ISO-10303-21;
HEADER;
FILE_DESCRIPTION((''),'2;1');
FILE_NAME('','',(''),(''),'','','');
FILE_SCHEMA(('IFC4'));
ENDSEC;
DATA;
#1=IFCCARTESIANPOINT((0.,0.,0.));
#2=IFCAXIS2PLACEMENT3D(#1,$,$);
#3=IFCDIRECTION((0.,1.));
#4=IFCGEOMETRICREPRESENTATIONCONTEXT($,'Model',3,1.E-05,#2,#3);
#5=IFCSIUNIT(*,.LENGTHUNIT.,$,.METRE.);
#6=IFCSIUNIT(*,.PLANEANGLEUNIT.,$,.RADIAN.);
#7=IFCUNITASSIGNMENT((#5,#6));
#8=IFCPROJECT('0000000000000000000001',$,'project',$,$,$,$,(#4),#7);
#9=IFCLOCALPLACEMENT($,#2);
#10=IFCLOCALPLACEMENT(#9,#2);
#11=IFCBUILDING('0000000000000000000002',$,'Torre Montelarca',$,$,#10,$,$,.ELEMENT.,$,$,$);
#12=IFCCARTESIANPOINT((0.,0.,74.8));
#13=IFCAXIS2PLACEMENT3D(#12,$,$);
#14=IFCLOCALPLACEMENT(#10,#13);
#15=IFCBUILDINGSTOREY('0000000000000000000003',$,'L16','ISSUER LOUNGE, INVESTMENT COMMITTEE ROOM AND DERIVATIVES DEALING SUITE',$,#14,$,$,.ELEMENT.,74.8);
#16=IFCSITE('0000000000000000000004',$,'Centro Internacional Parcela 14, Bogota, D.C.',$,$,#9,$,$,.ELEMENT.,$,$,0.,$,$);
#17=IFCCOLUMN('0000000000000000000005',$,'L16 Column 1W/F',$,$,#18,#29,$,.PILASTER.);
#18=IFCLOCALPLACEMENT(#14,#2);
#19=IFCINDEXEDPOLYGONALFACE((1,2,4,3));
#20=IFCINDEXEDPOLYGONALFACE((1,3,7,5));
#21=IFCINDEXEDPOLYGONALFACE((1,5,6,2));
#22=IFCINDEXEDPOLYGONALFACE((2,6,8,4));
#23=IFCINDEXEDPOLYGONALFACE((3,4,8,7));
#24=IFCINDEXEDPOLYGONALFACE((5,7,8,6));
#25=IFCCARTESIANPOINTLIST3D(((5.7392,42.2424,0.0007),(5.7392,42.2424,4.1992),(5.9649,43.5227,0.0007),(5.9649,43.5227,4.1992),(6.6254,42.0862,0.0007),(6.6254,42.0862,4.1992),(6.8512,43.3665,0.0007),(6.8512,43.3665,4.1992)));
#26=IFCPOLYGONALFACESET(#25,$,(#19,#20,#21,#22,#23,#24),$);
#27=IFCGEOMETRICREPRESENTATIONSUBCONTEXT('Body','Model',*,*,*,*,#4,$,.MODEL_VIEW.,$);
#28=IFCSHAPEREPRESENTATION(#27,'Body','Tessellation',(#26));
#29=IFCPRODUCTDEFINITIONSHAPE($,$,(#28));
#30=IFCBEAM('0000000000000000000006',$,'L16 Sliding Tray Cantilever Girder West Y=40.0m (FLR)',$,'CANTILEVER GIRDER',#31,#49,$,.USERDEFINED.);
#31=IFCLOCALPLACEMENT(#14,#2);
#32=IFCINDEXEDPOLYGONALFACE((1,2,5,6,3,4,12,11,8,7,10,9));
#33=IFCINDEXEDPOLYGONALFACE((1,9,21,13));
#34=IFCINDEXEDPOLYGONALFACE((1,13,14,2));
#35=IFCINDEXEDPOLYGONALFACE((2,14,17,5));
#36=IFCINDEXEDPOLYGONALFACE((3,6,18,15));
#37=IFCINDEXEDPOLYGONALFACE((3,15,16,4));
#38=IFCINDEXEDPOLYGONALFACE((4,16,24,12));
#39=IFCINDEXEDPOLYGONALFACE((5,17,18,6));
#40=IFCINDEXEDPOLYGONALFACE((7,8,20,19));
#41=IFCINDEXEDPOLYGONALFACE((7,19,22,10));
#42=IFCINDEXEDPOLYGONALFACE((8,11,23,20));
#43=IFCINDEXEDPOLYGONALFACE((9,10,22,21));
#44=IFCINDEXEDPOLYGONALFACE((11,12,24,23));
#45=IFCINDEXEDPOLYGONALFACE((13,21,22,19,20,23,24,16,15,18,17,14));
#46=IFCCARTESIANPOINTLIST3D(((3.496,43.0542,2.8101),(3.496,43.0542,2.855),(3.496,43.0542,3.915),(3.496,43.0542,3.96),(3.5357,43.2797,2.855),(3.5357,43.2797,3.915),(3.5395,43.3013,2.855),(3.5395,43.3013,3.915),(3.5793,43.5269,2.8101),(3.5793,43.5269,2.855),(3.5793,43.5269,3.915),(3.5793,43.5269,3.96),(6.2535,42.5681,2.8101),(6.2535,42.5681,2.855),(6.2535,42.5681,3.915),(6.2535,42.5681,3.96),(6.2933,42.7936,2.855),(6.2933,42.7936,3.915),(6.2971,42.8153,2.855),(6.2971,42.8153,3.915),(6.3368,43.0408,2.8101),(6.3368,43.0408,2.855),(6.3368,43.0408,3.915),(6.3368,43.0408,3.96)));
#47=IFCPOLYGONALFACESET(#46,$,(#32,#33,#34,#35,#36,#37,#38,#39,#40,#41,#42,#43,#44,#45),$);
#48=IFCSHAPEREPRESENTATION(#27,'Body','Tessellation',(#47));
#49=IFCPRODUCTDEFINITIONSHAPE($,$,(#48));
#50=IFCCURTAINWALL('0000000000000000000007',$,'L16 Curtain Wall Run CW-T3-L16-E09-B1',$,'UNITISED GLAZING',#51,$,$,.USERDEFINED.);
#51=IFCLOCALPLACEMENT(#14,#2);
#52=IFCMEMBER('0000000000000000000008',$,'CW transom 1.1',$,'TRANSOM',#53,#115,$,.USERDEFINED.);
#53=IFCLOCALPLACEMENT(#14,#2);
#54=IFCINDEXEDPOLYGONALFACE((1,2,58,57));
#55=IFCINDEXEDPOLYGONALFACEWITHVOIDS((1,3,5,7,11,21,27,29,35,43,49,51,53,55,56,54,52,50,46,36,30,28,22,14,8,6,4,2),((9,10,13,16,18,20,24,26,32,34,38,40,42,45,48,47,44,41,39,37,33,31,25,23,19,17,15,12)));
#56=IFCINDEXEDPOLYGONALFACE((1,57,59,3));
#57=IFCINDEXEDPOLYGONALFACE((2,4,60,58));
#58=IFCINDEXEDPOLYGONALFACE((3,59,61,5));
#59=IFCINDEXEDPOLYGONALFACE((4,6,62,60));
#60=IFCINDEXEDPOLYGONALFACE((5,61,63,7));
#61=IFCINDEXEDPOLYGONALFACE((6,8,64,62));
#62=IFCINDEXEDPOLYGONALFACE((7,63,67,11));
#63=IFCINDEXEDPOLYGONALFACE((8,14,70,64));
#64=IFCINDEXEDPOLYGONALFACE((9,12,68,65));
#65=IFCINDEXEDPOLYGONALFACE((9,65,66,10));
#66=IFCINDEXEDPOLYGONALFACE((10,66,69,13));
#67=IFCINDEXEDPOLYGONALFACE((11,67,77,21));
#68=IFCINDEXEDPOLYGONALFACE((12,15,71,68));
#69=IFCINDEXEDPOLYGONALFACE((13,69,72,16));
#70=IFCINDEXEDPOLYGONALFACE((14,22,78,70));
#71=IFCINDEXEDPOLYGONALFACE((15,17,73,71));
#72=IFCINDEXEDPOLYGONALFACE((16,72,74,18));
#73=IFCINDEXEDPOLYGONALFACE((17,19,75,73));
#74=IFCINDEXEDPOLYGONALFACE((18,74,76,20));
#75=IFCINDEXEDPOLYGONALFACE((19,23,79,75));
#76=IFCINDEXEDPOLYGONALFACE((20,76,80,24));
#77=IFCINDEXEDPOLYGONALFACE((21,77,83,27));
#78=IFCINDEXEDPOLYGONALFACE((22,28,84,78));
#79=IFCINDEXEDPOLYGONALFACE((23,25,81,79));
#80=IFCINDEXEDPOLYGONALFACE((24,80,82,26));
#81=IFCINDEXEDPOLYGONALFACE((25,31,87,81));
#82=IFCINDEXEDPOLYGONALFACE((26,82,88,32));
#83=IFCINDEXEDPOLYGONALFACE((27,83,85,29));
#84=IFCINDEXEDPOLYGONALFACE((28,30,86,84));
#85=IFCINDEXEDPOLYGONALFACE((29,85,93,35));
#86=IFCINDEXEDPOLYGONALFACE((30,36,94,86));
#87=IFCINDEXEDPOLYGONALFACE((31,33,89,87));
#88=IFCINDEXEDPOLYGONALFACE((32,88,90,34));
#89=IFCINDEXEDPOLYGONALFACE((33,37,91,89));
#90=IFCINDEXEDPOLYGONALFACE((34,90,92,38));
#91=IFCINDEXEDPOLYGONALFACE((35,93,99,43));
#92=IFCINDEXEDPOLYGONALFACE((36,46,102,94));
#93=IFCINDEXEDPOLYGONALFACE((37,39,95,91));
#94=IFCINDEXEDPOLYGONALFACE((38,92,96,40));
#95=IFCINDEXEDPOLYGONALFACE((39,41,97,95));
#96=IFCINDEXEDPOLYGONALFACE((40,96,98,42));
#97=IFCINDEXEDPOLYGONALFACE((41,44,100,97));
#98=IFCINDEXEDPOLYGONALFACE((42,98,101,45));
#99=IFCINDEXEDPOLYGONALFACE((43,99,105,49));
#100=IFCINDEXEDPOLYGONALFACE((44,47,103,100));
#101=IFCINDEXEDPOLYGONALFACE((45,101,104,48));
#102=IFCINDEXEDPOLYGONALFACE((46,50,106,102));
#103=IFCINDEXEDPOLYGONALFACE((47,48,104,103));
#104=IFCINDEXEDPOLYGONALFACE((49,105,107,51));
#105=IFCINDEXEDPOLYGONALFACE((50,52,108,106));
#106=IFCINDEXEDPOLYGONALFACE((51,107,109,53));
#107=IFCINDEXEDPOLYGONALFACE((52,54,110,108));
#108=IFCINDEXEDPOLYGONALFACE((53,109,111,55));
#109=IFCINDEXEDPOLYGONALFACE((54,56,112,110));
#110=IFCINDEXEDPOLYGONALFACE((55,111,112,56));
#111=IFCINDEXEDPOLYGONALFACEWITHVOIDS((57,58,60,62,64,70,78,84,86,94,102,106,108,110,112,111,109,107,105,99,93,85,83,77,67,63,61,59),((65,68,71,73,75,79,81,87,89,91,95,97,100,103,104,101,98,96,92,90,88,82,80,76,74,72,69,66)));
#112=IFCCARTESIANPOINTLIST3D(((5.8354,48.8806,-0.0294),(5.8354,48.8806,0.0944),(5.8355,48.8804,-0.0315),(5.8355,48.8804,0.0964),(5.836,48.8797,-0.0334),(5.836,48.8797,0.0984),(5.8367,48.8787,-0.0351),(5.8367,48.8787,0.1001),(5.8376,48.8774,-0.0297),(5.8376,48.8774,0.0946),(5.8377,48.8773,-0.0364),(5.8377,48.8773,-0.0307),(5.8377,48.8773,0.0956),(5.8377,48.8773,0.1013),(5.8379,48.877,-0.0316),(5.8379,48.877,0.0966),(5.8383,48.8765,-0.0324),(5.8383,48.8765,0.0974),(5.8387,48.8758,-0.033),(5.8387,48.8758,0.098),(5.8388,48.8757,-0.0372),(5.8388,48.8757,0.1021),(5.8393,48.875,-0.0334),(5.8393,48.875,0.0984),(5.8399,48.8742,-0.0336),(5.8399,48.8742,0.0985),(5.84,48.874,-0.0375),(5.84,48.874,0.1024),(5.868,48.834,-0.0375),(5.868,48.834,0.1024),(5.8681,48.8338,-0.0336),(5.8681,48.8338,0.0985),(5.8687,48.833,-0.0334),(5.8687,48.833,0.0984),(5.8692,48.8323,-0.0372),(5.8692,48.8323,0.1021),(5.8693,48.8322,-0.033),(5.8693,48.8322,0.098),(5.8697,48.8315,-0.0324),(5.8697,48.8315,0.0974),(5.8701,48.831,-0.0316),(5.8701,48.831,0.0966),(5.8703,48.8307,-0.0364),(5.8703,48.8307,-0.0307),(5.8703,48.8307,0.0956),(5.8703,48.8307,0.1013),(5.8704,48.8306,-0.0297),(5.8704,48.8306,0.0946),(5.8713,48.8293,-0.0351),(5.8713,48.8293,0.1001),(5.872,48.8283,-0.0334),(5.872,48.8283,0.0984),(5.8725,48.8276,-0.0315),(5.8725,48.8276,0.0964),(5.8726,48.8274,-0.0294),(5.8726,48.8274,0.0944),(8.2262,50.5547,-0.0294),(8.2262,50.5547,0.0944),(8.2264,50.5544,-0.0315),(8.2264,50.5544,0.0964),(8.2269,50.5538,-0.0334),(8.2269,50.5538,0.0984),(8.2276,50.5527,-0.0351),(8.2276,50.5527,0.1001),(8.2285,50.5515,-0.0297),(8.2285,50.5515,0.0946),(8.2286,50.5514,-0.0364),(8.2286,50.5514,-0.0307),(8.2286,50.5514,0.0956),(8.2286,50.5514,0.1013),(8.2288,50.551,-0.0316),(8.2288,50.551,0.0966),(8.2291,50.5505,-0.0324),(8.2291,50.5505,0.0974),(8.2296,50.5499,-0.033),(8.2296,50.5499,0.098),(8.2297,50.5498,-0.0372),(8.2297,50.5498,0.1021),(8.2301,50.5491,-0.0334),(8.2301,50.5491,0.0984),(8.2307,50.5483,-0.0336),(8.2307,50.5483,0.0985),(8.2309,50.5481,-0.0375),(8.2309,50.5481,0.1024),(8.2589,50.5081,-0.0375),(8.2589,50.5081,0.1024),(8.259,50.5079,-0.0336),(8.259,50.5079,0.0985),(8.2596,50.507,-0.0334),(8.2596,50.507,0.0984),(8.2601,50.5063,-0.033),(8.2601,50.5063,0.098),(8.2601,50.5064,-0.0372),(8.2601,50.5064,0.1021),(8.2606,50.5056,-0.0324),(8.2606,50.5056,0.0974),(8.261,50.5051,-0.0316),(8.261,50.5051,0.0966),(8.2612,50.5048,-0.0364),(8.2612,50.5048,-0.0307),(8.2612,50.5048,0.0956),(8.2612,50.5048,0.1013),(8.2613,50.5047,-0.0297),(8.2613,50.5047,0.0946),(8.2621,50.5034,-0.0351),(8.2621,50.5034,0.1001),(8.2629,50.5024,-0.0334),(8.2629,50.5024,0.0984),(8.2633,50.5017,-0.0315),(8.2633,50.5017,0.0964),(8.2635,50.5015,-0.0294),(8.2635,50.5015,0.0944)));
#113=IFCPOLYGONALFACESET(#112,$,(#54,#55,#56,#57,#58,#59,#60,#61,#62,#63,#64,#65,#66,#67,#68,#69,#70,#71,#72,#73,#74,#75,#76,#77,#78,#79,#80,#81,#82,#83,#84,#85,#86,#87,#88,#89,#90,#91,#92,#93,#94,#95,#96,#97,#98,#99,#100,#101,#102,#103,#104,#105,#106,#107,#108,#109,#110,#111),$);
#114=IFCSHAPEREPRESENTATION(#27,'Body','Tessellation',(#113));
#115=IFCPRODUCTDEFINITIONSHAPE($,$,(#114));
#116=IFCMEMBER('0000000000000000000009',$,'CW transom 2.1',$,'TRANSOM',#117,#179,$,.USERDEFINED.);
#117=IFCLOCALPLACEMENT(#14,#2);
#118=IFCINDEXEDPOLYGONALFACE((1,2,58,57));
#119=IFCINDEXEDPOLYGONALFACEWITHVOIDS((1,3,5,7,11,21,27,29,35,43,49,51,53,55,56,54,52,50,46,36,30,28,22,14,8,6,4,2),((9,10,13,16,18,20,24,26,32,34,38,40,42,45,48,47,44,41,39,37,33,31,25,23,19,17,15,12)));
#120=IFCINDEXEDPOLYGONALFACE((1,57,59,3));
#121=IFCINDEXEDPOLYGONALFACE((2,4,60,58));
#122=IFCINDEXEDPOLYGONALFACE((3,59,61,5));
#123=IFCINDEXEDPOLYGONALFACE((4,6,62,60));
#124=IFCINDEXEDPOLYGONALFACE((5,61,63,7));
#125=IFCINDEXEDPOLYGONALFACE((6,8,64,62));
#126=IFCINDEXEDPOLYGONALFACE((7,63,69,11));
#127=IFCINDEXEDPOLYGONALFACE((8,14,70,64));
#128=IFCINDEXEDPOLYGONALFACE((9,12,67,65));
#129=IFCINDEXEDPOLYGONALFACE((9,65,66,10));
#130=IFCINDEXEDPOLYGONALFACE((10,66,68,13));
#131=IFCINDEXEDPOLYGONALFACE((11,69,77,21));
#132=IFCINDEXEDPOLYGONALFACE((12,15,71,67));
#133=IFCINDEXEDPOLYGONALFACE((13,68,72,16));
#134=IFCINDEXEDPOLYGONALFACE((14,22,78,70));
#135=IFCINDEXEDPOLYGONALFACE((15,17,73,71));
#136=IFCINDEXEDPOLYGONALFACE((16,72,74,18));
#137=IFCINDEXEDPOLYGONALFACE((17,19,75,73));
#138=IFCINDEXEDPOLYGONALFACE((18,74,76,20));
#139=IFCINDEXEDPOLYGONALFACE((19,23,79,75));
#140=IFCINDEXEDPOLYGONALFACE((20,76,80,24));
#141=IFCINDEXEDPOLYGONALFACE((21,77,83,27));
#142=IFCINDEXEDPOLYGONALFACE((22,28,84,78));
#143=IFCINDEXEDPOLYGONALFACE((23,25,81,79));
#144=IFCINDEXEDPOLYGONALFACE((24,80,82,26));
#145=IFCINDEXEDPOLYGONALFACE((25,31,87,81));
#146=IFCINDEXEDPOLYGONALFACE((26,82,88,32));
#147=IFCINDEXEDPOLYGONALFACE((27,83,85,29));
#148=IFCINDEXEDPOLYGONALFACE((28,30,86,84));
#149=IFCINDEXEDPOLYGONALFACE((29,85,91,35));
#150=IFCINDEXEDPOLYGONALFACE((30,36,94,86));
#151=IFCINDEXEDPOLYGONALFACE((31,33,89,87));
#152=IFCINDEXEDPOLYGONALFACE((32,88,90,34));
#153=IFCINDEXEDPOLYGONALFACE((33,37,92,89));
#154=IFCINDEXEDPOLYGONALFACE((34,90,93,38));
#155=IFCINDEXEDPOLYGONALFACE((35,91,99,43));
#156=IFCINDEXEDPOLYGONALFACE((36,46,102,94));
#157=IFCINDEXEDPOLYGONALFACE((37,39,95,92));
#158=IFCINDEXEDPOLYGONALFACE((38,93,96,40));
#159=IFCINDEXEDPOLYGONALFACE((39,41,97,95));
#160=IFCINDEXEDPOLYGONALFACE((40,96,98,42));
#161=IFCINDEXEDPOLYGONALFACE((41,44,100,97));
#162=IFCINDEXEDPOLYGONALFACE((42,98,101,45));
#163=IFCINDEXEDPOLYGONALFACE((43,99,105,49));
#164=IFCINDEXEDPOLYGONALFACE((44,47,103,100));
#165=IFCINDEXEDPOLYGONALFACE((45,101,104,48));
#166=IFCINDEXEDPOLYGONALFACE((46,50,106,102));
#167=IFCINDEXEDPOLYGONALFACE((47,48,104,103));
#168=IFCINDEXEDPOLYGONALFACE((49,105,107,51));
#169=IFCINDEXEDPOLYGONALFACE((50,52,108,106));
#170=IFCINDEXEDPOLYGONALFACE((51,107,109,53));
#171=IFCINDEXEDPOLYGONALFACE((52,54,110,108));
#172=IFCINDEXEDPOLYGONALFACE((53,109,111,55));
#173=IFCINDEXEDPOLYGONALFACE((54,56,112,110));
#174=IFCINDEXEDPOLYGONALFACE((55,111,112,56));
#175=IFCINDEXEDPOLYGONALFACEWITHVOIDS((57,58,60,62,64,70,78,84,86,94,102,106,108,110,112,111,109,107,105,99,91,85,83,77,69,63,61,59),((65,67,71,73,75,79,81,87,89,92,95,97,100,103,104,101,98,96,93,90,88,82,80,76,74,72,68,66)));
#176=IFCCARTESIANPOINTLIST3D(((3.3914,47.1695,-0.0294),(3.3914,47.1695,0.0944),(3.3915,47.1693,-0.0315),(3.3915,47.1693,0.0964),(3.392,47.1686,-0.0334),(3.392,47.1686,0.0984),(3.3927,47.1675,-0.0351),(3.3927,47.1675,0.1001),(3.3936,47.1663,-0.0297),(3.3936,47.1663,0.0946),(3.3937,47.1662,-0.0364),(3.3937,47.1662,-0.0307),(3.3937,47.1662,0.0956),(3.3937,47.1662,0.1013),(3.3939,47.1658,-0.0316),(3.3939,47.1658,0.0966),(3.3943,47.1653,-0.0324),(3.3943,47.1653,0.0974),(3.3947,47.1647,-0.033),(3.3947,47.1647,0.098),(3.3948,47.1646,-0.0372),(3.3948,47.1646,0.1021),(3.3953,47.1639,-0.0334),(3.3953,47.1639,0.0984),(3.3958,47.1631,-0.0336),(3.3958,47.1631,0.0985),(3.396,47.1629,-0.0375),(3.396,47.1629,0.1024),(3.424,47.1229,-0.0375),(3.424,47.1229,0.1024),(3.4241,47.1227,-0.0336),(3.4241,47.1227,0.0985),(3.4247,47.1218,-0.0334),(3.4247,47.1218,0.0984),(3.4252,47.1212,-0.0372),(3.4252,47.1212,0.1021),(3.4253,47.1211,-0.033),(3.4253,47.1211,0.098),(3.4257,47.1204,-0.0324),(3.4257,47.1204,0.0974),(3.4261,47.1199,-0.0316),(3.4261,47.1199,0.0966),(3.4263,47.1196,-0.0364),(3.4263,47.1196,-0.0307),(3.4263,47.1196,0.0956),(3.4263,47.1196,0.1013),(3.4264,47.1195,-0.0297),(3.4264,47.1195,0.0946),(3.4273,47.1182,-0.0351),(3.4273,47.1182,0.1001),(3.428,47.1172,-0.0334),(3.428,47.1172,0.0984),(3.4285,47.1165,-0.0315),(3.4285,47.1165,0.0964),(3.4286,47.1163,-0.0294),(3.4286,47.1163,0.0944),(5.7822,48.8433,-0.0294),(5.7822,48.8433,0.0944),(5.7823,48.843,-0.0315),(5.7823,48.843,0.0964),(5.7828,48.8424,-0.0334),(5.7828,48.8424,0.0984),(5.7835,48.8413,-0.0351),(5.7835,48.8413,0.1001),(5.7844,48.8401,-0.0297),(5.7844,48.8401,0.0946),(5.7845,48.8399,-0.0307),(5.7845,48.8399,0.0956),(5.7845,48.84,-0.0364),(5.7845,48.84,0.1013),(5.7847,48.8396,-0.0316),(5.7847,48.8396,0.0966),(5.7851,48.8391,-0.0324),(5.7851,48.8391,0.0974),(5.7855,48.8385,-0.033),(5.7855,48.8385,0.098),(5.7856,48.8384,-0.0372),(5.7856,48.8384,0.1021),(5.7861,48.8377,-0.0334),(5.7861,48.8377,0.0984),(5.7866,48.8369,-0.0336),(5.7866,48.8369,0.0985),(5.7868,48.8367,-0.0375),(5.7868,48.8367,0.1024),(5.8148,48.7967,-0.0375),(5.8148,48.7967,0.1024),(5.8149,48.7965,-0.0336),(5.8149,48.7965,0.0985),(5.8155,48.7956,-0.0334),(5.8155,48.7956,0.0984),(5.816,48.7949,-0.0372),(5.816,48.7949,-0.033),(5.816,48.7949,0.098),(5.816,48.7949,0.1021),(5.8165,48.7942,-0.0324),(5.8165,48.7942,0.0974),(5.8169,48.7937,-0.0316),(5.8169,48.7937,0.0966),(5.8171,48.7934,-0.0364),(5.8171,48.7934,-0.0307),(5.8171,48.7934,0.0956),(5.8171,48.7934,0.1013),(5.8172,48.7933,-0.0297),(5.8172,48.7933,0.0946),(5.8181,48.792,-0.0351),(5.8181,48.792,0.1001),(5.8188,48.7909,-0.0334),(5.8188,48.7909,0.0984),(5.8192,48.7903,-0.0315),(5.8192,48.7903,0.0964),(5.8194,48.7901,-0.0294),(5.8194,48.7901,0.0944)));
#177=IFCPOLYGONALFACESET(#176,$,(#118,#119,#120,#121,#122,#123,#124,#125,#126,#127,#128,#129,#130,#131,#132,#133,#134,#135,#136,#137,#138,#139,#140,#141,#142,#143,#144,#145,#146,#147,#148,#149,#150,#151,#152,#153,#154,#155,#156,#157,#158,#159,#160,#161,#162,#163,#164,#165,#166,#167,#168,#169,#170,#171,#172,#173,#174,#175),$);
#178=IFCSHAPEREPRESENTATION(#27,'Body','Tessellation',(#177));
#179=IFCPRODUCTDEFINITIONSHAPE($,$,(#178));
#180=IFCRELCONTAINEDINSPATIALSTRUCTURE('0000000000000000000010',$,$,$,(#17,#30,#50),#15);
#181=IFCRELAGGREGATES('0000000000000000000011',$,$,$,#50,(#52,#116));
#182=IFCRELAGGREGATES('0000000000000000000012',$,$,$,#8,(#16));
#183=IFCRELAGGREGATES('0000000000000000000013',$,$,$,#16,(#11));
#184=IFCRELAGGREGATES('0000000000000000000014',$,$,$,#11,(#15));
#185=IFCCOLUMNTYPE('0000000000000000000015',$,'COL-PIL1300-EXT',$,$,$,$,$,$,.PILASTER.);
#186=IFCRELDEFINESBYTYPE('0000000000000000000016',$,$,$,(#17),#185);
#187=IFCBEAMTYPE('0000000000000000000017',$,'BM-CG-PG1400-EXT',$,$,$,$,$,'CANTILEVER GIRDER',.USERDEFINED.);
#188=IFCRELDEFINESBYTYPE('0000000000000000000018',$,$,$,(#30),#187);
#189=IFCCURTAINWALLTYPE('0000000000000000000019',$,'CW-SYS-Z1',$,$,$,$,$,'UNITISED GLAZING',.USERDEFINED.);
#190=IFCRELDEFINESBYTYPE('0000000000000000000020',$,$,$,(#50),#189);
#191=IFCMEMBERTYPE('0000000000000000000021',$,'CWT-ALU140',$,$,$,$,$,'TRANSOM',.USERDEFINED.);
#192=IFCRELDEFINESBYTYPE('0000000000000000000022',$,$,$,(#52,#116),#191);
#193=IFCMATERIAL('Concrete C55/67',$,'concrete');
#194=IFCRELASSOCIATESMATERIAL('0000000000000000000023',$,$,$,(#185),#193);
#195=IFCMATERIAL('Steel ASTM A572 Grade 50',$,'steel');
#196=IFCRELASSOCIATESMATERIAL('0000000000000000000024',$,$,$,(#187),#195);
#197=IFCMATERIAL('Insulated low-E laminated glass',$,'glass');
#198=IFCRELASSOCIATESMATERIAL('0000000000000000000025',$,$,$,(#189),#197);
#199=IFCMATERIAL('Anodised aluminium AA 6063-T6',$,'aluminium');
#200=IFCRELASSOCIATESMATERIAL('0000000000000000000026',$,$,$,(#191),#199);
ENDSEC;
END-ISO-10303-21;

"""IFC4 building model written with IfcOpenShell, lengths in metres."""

from ifc_helpers import new_model, si_unit, direction, frame, origin, origin_2d, place, context, subcontext, project, spatial, rectangle, hollow_rectangle, i_section, extrude, source, transform, mapped, material, material_profile, profile_set, type_object, element, aggregate, save


model = new_model("IFC4")

# Units and contexts
model_context = context("Model", 3, precision=1e-05, world=origin(), true_north=direction((0.0, 1.0)))
body_context = subcontext(model_context, "Body", "Model", "MODEL_VIEW")
ifc_project = project(units=[si_unit("LENGTHUNIT", "METRE"), si_unit("PLANEANGLEUNIT", "RADIAN")], contexts=[model_context])

# Site, building, storey
site_placement = place(None, origin())
site = spatial("IfcSite", under=ifc_project, at=site_placement, Name="Centro Internacional Parcela 14, Bogota, D.C.", CompositionType="ELEMENT", RefElevation=0.0)
building_placement = place(site_placement, origin())
building = spatial("IfcBuilding", under=site, at=building_placement, Name="Torre Montelarca", CompositionType="ELEMENT")
storey_placement = place(building_placement, frame((0.0, 0.0, 74.8)))
storey = spatial("IfcBuildingStorey", under=building, at=storey_placement, Name="L16", Description="ISSUER LOUNGE, INVESTMENT COMMITTEE ROOM AND DERIVATIVES DEALING SUITE", CompositionType="ELEMENT", Elevation=74.8)

# Column
ifc_material_1 = material(Name="Concrete C55/67", Category="concrete")
ifc_material_profile_1 = material_profile(ifc_material_1, rectangle(XDim=0.8999, YDim=1.3, at=origin_2d()), Name="RC1300X900", Category="concrete")
ifc_profile_set_1 = profile_set([ifc_material_profile_1], Name="Concrete C55/67")
column_type = type_object("IfcColumnType", Name="COL-PIL1300-EXT", PredefinedType="PILASTER", material=ifc_profile_set_1)
shared_shape_1 = source(origin(), body_context, "Body", "SweptSolid", [
    extrude(rectangle(XDim=0.8999, YDim=1.3, at=origin_2d()), origin(), (0.0, 0.0, 1.0), 4.1985),
])
column_placement = place(storey_placement, frame((6.2952, 42.8044, 0.0007), z_axis=(0.0, 0.0, 1.0), x_axis=(-0.984808, 0.173648, 0.0)))
element("IfcColumn", 1, at=column_placement, inside=storey, type_object=column_type, Name="L16 Column 1W/F", PredefinedType="PILASTER", context=body_context, shape_type="MappedRepresentation", body=[
    mapped(shared_shape_1, transform((0.0, 0.0, 0.0), scale=1.0)),
])

# Beam
ifc_material_2 = material(Name="Steel ASTM A572 Grade 50", Category="steel")
ifc_material_profile_2 = material_profile(ifc_material_2, i_section(OverallWidth=0.48, OverallDepth=1.1499, WebThickness=0.022, FlangeThickness=0.0449, at=origin_2d()), Name="PG1150X480X22X45", Category="steel")
ifc_profile_set_2 = profile_set([ifc_material_profile_2], Name="Steel ASTM A572 Grade 50")
beam_type = type_object("IfcBeamType", Name="BM-CG-PG1400-EXT", ElementType="CANTILEVER GIRDER", PredefinedType="USERDEFINED", material=ifc_profile_set_2)
shared_shape_2 = source(origin(), body_context, "Body", "SweptSolid", [
    extrude(i_section(OverallWidth=0.48, OverallDepth=1.1499, WebThickness=0.022, FlangeThickness=0.0449, at=origin_2d()), origin(), (0.0, 0.0, 1.0), 2.8),
])
beam_placement = place(storey_placement, frame((6.2952, 42.8044, 3.385), z_axis=(-0.984817, 0.173596, 0.0), x_axis=(-0.173596, -0.984817, 0.0)))
element("IfcBeam", 2, at=beam_placement, inside=storey, type_object=beam_type, Name="L16 Sliding Tray Cantilever Girder West Y=40.0m (FLR)", ObjectType="CANTILEVER GIRDER", PredefinedType="USERDEFINED", context=body_context, shape_type="MappedRepresentation", body=[
    mapped(shared_shape_2, transform((0.0, 0.0, 0.0), scale=1.0)),
])

# Curtain wall, members
ifc_material_3 = material(Name="Insulated low-E laminated glass", Category="glass")
curtain_wall_type = type_object("IfcCurtainWallType", Name="CW-SYS-Z1", ElementType="UNITISED GLAZING", PredefinedType="USERDEFINED", material=ifc_material_3)
curtain_wall_1_placement = place(storey_placement, origin())
curtain_wall_1 = element("IfcCurtainWall", 3, at=curtain_wall_1_placement, inside=storey, type_object=curtain_wall_type, Name="L16 Curtain Wall Run CW-T3-L16-E09-B1", ObjectType="UNITISED GLAZING", PredefinedType="USERDEFINED")
ifc_material_4 = material(Name="Anodised aluminium AA 6063-T6", Category="aluminium")
ifc_material_profile_3 = material_profile(ifc_material_4, hollow_rectangle(XDim=0.0649, YDim=0.1399, WallThickness=0.0039, InnerFilletRadius=0.0039, OuterFilletRadius=0.0081, at=origin_2d()), Name="ALU65X140X4", Category="aluminium")
ifc_profile_set_3 = profile_set([ifc_material_profile_3], Name="Anodised aluminium AA 6063-T6")
member_type_1 = type_object("IfcMemberType", Name="CWT-ALU140", ElementType="TRANSOM", PredefinedType="USERDEFINED", material=ifc_profile_set_3)
shared_shape_3 = source(origin(), body_context, "Body", "SweptSolid", [
    extrude(hollow_rectangle(XDim=0.0649, YDim=0.1399, WallThickness=0.0039, InnerFilletRadius=0.0039, OuterFilletRadius=0.0081, at=origin_2d()), origin(), (0.0, 0.0, 1.0), 2.9187),
])
member_1_placement = place(storey_placement, frame((8.2449, 50.5281, 0.0325), z_axis=(-0.819157, -0.573569, 0.0), x_axis=(0.573569, -0.819157, 0.0)))
member_1 = element("IfcMember", 4, at=member_1_placement, type_object=member_type_1, Name="CW transom 1.1", ObjectType="TRANSOM", PredefinedType="USERDEFINED", context=body_context, shape_type="MappedRepresentation", body=[
    mapped(shared_shape_3, transform((0.0, 0.0, 0.0), scale=1.0)),
])
shared_shape_4 = source(origin(), body_context, "Body", "SweptSolid", [
    extrude(hollow_rectangle(XDim=0.0649, YDim=0.1399, WallThickness=0.0039, InnerFilletRadius=0.0039, OuterFilletRadius=0.0081, at=origin_2d()), origin(), (0.0, 0.0, 1.0), 2.9185),
])
member_2_placement = place(storey_placement, frame((5.8008, 48.8167, 0.0325), z_axis=(-0.819197, -0.573513, 0.0), x_axis=(0.573513, -0.819197, 0.0)))
member_2 = element("IfcMember", 5, at=member_2_placement, type_object=member_type_1, Name="CW transom 2.1", ObjectType="TRANSOM", PredefinedType="USERDEFINED", context=body_context, shape_type="MappedRepresentation", body=[
    mapped(shared_shape_4, transform((0.0, 0.0, 0.0), scale=1.0)),
])

aggregate(curtain_wall_1, [member_1, member_2])

save(model, "model.ifc")
